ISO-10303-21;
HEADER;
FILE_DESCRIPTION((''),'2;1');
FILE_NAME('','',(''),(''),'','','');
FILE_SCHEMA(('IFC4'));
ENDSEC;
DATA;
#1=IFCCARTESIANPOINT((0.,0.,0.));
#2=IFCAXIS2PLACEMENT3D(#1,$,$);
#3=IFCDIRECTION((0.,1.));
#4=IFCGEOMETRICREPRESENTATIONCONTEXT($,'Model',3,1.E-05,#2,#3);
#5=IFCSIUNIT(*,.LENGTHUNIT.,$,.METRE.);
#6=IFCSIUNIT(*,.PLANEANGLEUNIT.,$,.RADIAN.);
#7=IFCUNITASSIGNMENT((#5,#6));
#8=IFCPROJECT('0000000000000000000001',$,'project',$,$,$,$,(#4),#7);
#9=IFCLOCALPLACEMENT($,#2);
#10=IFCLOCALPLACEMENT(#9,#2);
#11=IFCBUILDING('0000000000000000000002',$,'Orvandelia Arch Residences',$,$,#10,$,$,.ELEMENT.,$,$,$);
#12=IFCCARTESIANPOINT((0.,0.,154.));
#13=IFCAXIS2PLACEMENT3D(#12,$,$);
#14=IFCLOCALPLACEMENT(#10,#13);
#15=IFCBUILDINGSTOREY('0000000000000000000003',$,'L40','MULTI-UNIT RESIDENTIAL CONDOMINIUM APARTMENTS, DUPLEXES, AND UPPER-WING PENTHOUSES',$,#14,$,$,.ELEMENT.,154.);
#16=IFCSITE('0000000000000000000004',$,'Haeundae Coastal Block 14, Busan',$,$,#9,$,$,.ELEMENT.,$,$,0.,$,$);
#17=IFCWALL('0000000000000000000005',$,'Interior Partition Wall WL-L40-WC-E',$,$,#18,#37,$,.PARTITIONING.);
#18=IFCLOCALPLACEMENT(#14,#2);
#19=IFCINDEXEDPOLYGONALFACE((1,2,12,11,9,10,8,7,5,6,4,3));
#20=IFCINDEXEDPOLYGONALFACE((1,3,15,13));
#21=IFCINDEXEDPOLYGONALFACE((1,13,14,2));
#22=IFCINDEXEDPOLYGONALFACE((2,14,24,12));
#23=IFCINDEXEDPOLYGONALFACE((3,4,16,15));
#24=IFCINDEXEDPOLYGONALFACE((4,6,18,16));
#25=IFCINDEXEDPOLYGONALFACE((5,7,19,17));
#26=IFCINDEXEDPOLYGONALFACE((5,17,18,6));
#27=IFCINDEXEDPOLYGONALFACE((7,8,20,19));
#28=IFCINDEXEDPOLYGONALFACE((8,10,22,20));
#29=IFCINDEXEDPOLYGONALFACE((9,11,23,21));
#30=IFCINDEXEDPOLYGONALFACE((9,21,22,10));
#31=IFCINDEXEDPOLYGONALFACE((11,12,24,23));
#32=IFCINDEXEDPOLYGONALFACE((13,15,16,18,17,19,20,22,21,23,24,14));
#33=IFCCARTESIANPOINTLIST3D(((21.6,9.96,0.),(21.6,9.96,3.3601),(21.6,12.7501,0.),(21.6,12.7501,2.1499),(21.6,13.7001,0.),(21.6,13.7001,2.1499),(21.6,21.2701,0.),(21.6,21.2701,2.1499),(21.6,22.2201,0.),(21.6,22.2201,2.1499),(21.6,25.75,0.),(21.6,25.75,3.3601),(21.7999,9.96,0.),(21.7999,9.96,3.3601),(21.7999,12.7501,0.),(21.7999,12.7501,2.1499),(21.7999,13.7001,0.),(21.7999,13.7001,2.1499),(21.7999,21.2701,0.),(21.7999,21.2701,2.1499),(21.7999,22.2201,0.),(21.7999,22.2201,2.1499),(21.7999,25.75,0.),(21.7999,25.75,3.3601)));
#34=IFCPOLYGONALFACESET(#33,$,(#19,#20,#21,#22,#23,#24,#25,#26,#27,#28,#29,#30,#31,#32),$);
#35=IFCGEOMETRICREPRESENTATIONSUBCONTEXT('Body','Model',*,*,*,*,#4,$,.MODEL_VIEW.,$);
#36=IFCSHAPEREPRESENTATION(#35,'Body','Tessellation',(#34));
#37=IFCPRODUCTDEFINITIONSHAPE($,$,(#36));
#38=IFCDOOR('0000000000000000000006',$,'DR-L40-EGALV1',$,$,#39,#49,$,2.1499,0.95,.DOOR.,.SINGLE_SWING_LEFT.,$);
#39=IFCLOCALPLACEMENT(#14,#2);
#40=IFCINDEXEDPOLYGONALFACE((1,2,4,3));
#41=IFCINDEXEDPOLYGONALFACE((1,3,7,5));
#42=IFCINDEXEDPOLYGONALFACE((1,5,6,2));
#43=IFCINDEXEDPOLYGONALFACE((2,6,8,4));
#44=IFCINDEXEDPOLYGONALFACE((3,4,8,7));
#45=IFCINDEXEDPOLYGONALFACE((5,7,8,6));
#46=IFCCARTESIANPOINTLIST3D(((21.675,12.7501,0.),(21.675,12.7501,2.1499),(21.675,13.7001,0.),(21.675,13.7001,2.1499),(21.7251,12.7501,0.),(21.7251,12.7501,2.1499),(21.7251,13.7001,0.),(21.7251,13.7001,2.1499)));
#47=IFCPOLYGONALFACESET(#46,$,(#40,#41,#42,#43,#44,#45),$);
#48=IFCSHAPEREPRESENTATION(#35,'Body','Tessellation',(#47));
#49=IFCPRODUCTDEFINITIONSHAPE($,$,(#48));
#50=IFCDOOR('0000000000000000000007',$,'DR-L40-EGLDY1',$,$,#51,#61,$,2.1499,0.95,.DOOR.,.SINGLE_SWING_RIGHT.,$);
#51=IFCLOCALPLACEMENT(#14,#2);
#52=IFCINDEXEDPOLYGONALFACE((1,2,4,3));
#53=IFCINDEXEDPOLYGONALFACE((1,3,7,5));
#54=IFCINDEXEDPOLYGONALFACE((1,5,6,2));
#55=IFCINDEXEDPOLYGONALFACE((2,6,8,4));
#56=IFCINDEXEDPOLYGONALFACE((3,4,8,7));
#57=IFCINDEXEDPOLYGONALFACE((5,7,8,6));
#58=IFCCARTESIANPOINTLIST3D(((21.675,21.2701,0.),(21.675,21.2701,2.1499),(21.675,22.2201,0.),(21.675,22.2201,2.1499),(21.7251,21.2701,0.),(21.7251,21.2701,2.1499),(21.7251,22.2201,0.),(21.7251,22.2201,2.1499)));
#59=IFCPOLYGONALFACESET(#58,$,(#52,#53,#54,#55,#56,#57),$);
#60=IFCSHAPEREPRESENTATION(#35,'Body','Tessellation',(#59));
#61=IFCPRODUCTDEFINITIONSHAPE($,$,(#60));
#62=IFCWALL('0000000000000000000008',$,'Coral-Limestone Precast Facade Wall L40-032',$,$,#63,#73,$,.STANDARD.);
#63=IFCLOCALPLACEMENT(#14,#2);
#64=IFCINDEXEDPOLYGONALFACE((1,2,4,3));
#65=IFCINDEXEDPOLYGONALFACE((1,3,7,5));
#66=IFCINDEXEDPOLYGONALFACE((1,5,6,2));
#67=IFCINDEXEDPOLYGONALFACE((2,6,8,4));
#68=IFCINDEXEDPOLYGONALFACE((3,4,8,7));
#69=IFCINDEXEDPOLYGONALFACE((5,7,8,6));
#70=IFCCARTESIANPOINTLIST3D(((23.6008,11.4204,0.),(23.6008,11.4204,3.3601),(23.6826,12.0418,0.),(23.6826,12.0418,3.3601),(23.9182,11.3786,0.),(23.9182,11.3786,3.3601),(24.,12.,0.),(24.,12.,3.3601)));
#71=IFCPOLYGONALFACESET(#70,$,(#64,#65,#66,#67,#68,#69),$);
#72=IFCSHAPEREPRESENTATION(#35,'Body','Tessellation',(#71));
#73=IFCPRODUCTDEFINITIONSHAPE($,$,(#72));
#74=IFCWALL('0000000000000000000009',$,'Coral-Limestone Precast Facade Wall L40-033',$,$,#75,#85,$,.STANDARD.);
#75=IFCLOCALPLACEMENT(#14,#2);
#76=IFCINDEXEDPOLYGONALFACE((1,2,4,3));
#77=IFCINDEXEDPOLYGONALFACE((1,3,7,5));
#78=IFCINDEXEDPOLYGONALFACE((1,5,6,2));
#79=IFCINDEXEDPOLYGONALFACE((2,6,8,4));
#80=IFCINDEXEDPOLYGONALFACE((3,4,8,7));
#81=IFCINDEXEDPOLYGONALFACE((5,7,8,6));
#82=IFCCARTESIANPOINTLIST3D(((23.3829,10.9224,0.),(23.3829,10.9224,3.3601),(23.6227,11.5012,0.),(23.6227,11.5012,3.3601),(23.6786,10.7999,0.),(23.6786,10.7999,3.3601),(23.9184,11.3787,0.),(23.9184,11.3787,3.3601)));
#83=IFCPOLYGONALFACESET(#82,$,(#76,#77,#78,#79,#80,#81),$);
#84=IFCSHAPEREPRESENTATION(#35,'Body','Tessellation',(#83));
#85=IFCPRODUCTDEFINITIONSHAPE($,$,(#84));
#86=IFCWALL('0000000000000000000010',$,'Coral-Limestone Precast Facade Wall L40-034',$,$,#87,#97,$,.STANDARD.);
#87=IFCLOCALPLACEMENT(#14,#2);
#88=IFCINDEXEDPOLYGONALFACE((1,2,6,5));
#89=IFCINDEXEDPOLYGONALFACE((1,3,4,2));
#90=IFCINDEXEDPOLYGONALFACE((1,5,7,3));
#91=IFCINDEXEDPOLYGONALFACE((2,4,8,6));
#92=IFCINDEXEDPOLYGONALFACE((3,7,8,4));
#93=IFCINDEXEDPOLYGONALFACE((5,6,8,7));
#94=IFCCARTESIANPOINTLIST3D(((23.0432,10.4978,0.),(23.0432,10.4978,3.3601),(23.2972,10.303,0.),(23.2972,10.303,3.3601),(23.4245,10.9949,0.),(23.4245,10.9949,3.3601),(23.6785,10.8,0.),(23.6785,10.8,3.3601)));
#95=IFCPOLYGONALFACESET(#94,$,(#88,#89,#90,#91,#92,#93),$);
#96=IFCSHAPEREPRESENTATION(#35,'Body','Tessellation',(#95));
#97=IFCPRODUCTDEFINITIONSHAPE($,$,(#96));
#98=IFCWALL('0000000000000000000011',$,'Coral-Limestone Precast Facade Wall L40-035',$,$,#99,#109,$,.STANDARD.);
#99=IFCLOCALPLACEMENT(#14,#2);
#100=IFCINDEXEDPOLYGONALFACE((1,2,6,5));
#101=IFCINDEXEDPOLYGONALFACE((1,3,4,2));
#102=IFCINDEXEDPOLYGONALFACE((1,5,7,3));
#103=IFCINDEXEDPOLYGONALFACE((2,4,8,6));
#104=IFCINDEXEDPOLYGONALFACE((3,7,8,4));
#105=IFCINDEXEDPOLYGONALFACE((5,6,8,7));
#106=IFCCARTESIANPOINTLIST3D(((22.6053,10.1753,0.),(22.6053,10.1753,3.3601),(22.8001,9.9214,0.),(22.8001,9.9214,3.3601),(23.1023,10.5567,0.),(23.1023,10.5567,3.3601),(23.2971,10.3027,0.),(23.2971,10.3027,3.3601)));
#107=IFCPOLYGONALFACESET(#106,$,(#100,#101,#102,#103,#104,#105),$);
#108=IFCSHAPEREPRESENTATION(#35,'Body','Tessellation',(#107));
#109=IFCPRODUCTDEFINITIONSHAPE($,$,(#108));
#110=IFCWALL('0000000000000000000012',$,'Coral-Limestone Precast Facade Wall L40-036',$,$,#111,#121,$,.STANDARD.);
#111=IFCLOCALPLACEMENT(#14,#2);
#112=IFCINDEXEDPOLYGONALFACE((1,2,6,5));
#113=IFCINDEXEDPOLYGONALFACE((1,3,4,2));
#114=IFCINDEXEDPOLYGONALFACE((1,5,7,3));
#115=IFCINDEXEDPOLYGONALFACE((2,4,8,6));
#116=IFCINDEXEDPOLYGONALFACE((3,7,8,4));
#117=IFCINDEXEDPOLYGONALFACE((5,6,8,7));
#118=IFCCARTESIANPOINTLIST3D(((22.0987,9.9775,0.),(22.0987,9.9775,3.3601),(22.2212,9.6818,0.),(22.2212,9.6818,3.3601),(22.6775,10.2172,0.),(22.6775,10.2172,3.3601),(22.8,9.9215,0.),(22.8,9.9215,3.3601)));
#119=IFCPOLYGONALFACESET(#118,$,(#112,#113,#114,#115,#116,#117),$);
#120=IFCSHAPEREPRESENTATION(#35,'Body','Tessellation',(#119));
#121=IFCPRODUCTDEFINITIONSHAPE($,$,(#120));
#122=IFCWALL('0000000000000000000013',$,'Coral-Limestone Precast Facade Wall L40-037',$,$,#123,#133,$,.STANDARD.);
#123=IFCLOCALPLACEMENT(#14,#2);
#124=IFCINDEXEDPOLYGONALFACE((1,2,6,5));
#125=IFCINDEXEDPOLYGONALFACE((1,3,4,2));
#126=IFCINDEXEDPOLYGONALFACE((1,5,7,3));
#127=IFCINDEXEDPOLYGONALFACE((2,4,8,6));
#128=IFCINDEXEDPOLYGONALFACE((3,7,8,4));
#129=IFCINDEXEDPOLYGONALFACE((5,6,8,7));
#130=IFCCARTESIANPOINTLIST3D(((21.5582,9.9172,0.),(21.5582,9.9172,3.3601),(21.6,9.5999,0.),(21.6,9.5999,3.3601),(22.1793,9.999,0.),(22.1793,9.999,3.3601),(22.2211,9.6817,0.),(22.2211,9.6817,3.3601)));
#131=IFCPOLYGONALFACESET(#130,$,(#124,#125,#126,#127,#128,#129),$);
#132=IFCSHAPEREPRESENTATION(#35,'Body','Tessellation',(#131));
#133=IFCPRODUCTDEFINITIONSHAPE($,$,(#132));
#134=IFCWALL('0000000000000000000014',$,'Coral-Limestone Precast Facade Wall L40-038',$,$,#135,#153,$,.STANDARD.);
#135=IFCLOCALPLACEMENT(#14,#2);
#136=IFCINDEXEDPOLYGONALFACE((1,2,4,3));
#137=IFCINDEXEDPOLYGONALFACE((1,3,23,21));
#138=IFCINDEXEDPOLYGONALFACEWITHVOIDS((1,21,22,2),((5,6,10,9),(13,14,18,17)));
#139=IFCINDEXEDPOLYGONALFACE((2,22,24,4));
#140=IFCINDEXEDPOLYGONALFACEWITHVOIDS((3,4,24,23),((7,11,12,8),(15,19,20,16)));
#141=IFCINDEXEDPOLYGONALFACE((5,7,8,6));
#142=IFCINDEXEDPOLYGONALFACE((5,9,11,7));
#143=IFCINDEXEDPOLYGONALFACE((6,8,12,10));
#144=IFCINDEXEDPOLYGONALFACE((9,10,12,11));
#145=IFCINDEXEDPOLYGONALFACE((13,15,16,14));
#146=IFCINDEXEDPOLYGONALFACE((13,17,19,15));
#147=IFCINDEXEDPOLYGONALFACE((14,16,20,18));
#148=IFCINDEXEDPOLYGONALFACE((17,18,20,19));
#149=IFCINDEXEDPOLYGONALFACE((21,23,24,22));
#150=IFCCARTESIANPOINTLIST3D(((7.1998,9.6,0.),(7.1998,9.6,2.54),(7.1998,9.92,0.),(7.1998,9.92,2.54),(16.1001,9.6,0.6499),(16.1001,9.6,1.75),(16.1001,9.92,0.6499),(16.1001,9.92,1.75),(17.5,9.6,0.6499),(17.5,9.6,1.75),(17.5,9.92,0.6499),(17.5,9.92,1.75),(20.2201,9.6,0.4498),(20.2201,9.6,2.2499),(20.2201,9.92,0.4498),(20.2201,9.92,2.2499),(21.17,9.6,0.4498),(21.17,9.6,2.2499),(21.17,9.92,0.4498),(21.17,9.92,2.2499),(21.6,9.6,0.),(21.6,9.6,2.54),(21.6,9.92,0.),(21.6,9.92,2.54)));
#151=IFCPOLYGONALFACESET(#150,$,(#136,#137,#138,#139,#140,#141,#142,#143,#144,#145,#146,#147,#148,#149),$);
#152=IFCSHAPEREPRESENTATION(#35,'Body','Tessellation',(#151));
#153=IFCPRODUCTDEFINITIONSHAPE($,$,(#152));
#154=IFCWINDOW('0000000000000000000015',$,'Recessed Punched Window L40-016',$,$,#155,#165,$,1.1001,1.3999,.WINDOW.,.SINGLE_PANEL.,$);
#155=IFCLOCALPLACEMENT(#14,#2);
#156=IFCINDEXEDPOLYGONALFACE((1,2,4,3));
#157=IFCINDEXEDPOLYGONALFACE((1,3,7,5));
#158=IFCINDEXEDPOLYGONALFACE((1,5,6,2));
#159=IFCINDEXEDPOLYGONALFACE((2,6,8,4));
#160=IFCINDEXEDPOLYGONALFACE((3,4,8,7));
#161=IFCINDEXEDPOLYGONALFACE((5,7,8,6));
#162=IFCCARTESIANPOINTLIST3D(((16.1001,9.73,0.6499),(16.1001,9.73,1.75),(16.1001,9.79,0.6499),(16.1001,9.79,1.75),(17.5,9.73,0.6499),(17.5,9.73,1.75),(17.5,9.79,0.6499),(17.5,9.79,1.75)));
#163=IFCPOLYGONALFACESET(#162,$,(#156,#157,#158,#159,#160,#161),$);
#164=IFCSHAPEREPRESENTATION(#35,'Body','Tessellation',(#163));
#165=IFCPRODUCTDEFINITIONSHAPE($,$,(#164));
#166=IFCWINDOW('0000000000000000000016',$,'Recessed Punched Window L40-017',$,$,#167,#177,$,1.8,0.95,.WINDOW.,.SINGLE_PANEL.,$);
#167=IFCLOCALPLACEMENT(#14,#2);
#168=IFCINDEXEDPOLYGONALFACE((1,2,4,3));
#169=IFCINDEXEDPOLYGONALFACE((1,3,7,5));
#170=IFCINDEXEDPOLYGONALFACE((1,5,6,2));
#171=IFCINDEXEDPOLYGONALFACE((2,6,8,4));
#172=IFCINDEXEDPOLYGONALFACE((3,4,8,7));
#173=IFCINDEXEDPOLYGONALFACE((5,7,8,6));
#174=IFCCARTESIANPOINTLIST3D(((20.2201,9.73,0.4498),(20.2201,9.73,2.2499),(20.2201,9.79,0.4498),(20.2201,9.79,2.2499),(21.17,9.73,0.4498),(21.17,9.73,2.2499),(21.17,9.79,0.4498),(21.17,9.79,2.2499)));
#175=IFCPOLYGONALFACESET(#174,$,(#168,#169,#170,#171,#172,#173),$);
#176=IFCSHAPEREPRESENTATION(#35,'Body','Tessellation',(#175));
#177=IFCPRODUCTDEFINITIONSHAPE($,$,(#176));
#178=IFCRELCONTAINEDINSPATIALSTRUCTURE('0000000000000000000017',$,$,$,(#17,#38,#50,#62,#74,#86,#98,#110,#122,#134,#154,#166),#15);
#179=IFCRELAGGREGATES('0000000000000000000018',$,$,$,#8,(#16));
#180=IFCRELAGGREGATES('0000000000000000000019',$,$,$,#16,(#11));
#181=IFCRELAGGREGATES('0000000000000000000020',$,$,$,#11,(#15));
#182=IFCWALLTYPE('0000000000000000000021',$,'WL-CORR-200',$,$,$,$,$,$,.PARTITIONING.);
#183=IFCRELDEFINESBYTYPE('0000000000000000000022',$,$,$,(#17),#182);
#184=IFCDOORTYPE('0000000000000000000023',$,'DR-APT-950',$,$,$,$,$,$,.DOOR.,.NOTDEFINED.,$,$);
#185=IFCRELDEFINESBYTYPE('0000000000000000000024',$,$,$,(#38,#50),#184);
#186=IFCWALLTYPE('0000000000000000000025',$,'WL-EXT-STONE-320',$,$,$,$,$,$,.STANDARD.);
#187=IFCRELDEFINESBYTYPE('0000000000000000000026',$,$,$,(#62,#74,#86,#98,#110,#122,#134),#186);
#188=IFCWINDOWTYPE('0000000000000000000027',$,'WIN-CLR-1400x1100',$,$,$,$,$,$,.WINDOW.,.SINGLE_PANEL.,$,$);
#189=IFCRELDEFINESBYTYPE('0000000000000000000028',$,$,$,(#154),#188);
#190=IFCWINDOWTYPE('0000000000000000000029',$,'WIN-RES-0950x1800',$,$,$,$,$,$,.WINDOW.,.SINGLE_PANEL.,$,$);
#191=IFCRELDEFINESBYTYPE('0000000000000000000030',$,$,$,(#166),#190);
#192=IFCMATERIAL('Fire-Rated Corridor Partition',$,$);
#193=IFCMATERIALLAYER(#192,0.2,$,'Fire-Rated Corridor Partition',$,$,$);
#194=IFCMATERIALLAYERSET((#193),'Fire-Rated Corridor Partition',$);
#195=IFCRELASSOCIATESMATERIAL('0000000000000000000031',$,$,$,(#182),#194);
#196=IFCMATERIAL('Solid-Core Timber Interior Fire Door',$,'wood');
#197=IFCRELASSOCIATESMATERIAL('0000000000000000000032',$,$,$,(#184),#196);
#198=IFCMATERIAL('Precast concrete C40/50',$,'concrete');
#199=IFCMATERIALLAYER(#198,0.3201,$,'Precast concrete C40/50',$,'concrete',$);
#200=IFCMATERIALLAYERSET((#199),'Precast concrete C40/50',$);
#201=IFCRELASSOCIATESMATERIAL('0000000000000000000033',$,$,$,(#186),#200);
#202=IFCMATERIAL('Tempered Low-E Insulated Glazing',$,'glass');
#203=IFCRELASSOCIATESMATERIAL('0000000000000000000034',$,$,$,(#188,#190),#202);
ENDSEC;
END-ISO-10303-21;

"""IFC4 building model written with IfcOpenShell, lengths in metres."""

from ifc_helpers import new_model, si_unit, direction, frame, frame_2d, origin, place, context, subcontext, project, spatial, rectangle, extrude, material, layer, layer_set, type_object, element, fill, save


model = new_model("IFC4")

# Units and contexts
model_context = context("Model", 3, precision=1e-05, world=origin(), true_north=direction((0.0, 1.0)))
body_context = subcontext(model_context, "Body", "Model", "MODEL_VIEW")
ifc_project = project(units=[si_unit("LENGTHUNIT", "METRE"), si_unit("PLANEANGLEUNIT", "RADIAN")], contexts=[model_context])

# Site, building, storey
site_placement = place(None, origin())
site = spatial("IfcSite", under=ifc_project, at=site_placement, Name="Haeundae Coastal Block 14, Busan", CompositionType="ELEMENT", RefElevation=0.0)
building_placement = place(site_placement, origin())
building = spatial("IfcBuilding", under=site, at=building_placement, Name="Orvandelia Arch Residences", CompositionType="ELEMENT")
storey_placement = place(building_placement, frame((0.0, 0.0, 154.0)))
storey = spatial("IfcBuildingStorey", under=building, at=storey_placement, Name="L40", Description="MULTI-UNIT RESIDENTIAL CONDOMINIUM APARTMENTS, DUPLEXES, AND UPPER-WING PENTHOUSES", CompositionType="ELEMENT", Elevation=154.0)

# Wall, openings, doors
ifc_material_1 = material(Name="Fire-Rated Corridor Partition")
ifc_layer_1 = layer(ifc_material_1, 0.2, Name="Fire-Rated Corridor Partition")
ifc_layer_set_1 = layer_set([ifc_layer_1], Name="Fire-Rated Corridor Partition")
wall_type_1 = type_object("IfcWallType", Name="WL-CORR-200", PredefinedType="PARTITIONING", material=ifc_layer_set_1)
wall_1_placement = place(storey_placement, frame((21.7, 9.96, 0.0), z_axis=(0.0, 0.0, 1.0), x_axis=(0.0, 1.0, 0.0)))
wall_1 = element("IfcWall", 1, at=wall_1_placement, inside=storey, type_object=wall_type_1, Name="Interior Partition Wall WL-L40-WC-E", PredefinedType="PARTITIONING", context=body_context, shape_type="SweptSolid", body=[
    extrude(rectangle(XDim=15.79, YDim=0.2, at=frame_2d((7.895, 0.0))), origin(), (0.0, 0.0, 1.0), 3.3601),
])
opening_1_placement = place(wall_1_placement, frame((2.79, 0.0, 0.0)))
opening_1 = element("IfcOpeningElement", 2, at=opening_1_placement, cuts=wall_1, PredefinedType="OPENING", context=body_context, shape_type="SweptSolid", body=[
    extrude(rectangle(XDim=0.95, YDim=2.1499, at=frame_2d((0.4751, 1.075))), frame((0.0, 0.1099, 0.0), z_axis=(0.0, -1.0, 0.0), x_axis=(1.0, 0.0, 0.0)), (0.0, 0.0, 1.0), 0.22),
])
opening_2_placement = place(wall_1_placement, frame((11.3101, 0.0, 0.0)))
opening_2 = element("IfcOpeningElement", 3, at=opening_2_placement, cuts=wall_1, PredefinedType="OPENING", context=body_context, shape_type="SweptSolid", body=[
    extrude(rectangle(XDim=0.95, YDim=2.1499, at=frame_2d((0.4751, 1.075))), frame((0.0, 0.1099, 0.0), z_axis=(0.0, -1.0, 0.0), x_axis=(1.0, 0.0, 0.0)), (0.0, 0.0, 1.0), 0.22),
])
ifc_material_2 = material(Name="Solid-Core Timber Interior Fire Door", Category="wood")
door_type = type_object("IfcDoorType", Name="DR-APT-950", OperationType="NOTDEFINED", PredefinedType="DOOR", material=ifc_material_2)
door_1_placement = place(opening_1_placement, origin())
door_1 = element("IfcDoor", 4, at=door_1_placement, inside=storey, type_object=door_type, Name="DR-L40-EGALV1", OperationType="SINGLE_SWING_LEFT", OverallHeight=2.1499, OverallWidth=0.95, PredefinedType="DOOR", context=body_context, shape_type="SweptSolid", body=[
    extrude(rectangle(XDim=0.95, YDim=2.1499, at=frame_2d((0.4751, 1.075))), frame((0.0, 0.0249, 0.0), z_axis=(0.0, -1.0, 0.0), x_axis=(1.0, 0.0, 0.0)), (0.0, 0.0, 1.0), 0.05),
])
fill(opening_1, door_1)
door_2_placement = place(opening_2_placement, origin())
door_2 = element("IfcDoor", 5, at=door_2_placement, inside=storey, type_object=door_type, Name="DR-L40-EGLDY1", OperationType="SINGLE_SWING_RIGHT", OverallHeight=2.1499, OverallWidth=0.95, PredefinedType="DOOR", context=body_context, shape_type="SweptSolid", body=[
    extrude(rectangle(XDim=0.95, YDim=2.1499, at=frame_2d((0.4751, 1.075))), frame((0.0, 0.0249, 0.0), z_axis=(0.0, -1.0, 0.0), x_axis=(1.0, 0.0, 0.0)), (0.0, 0.0, 1.0), 0.05),
])
fill(opening_2, door_2)

# Walls
ifc_material_3 = material(Name="Precast concrete C40/50", Category="concrete")
ifc_layer_2 = layer(ifc_material_3, 0.3201, Name="Precast concrete C40/50", Category="concrete")
ifc_layer_set_2 = layer_set([ifc_layer_2], Name="Precast concrete C40/50")
wall_type_2 = type_object("IfcWallType", Name="WL-EXT-STONE-320", PredefinedType="STANDARD", material=ifc_layer_set_2)
wall_2_placement = place(storey_placement, frame((23.8413, 12.021, 0.0), z_axis=(0.0, 0.0, 1.0), x_axis=(-0.130505, -0.991448, 0.0)))
element("IfcWall", 6, at=wall_2_placement, inside=storey, type_object=wall_type_2, Name="Coral-Limestone Precast Facade Wall L40-032", PredefinedType="STANDARD", context=body_context, shape_type="SweptSolid", body=[
    extrude(rectangle(XDim=0.6267, YDim=0.3201, at=frame_2d((0.3135, 0.0))), origin(), (0.0, 0.0, 1.0), 3.3601),
])
for number, where, z_axis, x_axis, name in (
    (7, (23.7705, 11.4399, 0.0), (0.0, 0.0, 1.0), (-0.38265, -0.923893, 0.0), "Coral-Limestone Precast Facade Wall L40-033"),
    (8, (23.5515, 10.8975, 0.0), (0.0, 0.0, 1.0), (-0.608693, -0.793406, 0.0), "Coral-Limestone Precast Facade Wall L40-034"),
    (9, (23.1997, 10.4297, 0.0), (0.0, 0.0, 1.0), (-0.793406, -0.608693, 0.0), "Coral-Limestone Precast Facade Wall L40-035"),
    (10, (22.7388, 10.0693, 0.0), (0.0, 0.0, 1.0), (-0.923893, -0.38265, 0.0), "Coral-Limestone Precast Facade Wall L40-036"),
    (11, (22.2002, 9.8403, 0.0), (0.0, 0.0, 1.0), (-0.991441, -0.130555, 0.0), "Coral-Limestone Precast Facade Wall L40-037"),
):
    element("IfcWall", number, at=place(storey_placement, frame(where, z_axis=z_axis, x_axis=x_axis)), inside=storey, type_object=wall_type_2, Name=name, PredefinedType="STANDARD", context=body_context, shape_type="SweptSolid", body=[
        extrude(rectangle(XDim=0.6265, YDim=0.3201, at=frame_2d((0.3132, 0.0))), origin(), (0.0, 0.0, 1.0), 3.3601),
    ])

# Wall, openings, windows
wall_3_placement = place(storey_placement, frame((21.6001, 9.76, 0.0), z_axis=(0.0, 0.0, 1.0), x_axis=(-1.0, 0.0, 0.0)))
wall_3 = element("IfcWall", 12, at=wall_3_placement, inside=storey, type_object=wall_type_2, Name="Coral-Limestone Precast Facade Wall L40-038", PredefinedType="STANDARD", context=body_context, shape_type="SweptSolid", body=[
    extrude(rectangle(XDim=14.4001, YDim=0.3201, at=frame_2d((7.2002, 0.0))), origin(), (0.0, 0.0, 1.0), 2.54),
])
opening_3_placement = place(wall_3_placement, frame((4.1001, 0.0, 0.6499)))
opening_3 = element("IfcOpeningElement", 13, at=opening_3_placement, cuts=wall_3, PredefinedType="OPENING", context=body_context, shape_type="SweptSolid", body=[
    extrude(rectangle(XDim=1.3999, YDim=1.1001, at=frame_2d((0.7, 0.55))), frame((0.0, 0.1699, 0.0), z_axis=(0.0, -1.0, 0.0), x_axis=(1.0, 0.0, 0.0)), (0.0, 0.0, 1.0), 0.3401),
])
opening_4_placement = place(wall_3_placement, frame((0.4299, 0.0, 0.45)))
opening_4 = element("IfcOpeningElement", 14, at=opening_4_placement, cuts=wall_3, PredefinedType="OPENING", context=body_context, shape_type="SweptSolid", body=[
    extrude(rectangle(XDim=0.95, YDim=1.8, at=frame_2d((0.4751, 0.8999))), frame((0.0, 0.1699, 0.0), z_axis=(0.0, -1.0, 0.0), x_axis=(1.0, 0.0, 0.0)), (0.0, 0.0, 1.0), 0.3401),
])
ifc_material_4 = material(Name="Tempered Low-E Insulated Glazing", Category="glass")
window_type_1 = type_object("IfcWindowType", Name="WIN-CLR-1400x1100", PartitioningType="SINGLE_PANEL", PredefinedType="WINDOW", material=ifc_material_4)
window_1_placement = place(opening_3_placement, origin())
window_1 = element("IfcWindow", 15, at=window_1_placement, inside=storey, type_object=window_type_1, Name="Recessed Punched Window L40-016", OverallHeight=1.1001, OverallWidth=1.3999, PartitioningType="SINGLE_PANEL", PredefinedType="WINDOW", context=body_context, shape_type="SweptSolid", body=[
    extrude(rectangle(XDim=1.3999, YDim=1.1001, at=frame_2d((0.7, 0.55))), frame((0.0, 0.03, 0.0), z_axis=(0.0, -1.0, 0.0), x_axis=(1.0, 0.0, 0.0)), (0.0, 0.0, 1.0), 0.0601),
])
fill(opening_3, window_1)
window_type_2 = type_object("IfcWindowType", Name="WIN-RES-0950x1800", PartitioningType="SINGLE_PANEL", PredefinedType="WINDOW", material=ifc_material_4)
window_2_placement = place(opening_4_placement, origin())
window_2 = element("IfcWindow", 16, at=window_2_placement, inside=storey, type_object=window_type_2, Name="Recessed Punched Window L40-017", OverallHeight=1.8, OverallWidth=0.95, PartitioningType="SINGLE_PANEL", PredefinedType="WINDOW", context=body_context, shape_type="SweptSolid", body=[
    extrude(rectangle(XDim=0.95, YDim=1.8, at=frame_2d((0.4751, 0.8999))), frame((0.0, 0.03, 0.0), z_axis=(0.0, -1.0, 0.0), x_axis=(1.0, 0.0, 0.0)), (0.0, 0.0, 1.0), 0.0601),
])
fill(opening_4, window_2)

save(model, "model.ifc")
